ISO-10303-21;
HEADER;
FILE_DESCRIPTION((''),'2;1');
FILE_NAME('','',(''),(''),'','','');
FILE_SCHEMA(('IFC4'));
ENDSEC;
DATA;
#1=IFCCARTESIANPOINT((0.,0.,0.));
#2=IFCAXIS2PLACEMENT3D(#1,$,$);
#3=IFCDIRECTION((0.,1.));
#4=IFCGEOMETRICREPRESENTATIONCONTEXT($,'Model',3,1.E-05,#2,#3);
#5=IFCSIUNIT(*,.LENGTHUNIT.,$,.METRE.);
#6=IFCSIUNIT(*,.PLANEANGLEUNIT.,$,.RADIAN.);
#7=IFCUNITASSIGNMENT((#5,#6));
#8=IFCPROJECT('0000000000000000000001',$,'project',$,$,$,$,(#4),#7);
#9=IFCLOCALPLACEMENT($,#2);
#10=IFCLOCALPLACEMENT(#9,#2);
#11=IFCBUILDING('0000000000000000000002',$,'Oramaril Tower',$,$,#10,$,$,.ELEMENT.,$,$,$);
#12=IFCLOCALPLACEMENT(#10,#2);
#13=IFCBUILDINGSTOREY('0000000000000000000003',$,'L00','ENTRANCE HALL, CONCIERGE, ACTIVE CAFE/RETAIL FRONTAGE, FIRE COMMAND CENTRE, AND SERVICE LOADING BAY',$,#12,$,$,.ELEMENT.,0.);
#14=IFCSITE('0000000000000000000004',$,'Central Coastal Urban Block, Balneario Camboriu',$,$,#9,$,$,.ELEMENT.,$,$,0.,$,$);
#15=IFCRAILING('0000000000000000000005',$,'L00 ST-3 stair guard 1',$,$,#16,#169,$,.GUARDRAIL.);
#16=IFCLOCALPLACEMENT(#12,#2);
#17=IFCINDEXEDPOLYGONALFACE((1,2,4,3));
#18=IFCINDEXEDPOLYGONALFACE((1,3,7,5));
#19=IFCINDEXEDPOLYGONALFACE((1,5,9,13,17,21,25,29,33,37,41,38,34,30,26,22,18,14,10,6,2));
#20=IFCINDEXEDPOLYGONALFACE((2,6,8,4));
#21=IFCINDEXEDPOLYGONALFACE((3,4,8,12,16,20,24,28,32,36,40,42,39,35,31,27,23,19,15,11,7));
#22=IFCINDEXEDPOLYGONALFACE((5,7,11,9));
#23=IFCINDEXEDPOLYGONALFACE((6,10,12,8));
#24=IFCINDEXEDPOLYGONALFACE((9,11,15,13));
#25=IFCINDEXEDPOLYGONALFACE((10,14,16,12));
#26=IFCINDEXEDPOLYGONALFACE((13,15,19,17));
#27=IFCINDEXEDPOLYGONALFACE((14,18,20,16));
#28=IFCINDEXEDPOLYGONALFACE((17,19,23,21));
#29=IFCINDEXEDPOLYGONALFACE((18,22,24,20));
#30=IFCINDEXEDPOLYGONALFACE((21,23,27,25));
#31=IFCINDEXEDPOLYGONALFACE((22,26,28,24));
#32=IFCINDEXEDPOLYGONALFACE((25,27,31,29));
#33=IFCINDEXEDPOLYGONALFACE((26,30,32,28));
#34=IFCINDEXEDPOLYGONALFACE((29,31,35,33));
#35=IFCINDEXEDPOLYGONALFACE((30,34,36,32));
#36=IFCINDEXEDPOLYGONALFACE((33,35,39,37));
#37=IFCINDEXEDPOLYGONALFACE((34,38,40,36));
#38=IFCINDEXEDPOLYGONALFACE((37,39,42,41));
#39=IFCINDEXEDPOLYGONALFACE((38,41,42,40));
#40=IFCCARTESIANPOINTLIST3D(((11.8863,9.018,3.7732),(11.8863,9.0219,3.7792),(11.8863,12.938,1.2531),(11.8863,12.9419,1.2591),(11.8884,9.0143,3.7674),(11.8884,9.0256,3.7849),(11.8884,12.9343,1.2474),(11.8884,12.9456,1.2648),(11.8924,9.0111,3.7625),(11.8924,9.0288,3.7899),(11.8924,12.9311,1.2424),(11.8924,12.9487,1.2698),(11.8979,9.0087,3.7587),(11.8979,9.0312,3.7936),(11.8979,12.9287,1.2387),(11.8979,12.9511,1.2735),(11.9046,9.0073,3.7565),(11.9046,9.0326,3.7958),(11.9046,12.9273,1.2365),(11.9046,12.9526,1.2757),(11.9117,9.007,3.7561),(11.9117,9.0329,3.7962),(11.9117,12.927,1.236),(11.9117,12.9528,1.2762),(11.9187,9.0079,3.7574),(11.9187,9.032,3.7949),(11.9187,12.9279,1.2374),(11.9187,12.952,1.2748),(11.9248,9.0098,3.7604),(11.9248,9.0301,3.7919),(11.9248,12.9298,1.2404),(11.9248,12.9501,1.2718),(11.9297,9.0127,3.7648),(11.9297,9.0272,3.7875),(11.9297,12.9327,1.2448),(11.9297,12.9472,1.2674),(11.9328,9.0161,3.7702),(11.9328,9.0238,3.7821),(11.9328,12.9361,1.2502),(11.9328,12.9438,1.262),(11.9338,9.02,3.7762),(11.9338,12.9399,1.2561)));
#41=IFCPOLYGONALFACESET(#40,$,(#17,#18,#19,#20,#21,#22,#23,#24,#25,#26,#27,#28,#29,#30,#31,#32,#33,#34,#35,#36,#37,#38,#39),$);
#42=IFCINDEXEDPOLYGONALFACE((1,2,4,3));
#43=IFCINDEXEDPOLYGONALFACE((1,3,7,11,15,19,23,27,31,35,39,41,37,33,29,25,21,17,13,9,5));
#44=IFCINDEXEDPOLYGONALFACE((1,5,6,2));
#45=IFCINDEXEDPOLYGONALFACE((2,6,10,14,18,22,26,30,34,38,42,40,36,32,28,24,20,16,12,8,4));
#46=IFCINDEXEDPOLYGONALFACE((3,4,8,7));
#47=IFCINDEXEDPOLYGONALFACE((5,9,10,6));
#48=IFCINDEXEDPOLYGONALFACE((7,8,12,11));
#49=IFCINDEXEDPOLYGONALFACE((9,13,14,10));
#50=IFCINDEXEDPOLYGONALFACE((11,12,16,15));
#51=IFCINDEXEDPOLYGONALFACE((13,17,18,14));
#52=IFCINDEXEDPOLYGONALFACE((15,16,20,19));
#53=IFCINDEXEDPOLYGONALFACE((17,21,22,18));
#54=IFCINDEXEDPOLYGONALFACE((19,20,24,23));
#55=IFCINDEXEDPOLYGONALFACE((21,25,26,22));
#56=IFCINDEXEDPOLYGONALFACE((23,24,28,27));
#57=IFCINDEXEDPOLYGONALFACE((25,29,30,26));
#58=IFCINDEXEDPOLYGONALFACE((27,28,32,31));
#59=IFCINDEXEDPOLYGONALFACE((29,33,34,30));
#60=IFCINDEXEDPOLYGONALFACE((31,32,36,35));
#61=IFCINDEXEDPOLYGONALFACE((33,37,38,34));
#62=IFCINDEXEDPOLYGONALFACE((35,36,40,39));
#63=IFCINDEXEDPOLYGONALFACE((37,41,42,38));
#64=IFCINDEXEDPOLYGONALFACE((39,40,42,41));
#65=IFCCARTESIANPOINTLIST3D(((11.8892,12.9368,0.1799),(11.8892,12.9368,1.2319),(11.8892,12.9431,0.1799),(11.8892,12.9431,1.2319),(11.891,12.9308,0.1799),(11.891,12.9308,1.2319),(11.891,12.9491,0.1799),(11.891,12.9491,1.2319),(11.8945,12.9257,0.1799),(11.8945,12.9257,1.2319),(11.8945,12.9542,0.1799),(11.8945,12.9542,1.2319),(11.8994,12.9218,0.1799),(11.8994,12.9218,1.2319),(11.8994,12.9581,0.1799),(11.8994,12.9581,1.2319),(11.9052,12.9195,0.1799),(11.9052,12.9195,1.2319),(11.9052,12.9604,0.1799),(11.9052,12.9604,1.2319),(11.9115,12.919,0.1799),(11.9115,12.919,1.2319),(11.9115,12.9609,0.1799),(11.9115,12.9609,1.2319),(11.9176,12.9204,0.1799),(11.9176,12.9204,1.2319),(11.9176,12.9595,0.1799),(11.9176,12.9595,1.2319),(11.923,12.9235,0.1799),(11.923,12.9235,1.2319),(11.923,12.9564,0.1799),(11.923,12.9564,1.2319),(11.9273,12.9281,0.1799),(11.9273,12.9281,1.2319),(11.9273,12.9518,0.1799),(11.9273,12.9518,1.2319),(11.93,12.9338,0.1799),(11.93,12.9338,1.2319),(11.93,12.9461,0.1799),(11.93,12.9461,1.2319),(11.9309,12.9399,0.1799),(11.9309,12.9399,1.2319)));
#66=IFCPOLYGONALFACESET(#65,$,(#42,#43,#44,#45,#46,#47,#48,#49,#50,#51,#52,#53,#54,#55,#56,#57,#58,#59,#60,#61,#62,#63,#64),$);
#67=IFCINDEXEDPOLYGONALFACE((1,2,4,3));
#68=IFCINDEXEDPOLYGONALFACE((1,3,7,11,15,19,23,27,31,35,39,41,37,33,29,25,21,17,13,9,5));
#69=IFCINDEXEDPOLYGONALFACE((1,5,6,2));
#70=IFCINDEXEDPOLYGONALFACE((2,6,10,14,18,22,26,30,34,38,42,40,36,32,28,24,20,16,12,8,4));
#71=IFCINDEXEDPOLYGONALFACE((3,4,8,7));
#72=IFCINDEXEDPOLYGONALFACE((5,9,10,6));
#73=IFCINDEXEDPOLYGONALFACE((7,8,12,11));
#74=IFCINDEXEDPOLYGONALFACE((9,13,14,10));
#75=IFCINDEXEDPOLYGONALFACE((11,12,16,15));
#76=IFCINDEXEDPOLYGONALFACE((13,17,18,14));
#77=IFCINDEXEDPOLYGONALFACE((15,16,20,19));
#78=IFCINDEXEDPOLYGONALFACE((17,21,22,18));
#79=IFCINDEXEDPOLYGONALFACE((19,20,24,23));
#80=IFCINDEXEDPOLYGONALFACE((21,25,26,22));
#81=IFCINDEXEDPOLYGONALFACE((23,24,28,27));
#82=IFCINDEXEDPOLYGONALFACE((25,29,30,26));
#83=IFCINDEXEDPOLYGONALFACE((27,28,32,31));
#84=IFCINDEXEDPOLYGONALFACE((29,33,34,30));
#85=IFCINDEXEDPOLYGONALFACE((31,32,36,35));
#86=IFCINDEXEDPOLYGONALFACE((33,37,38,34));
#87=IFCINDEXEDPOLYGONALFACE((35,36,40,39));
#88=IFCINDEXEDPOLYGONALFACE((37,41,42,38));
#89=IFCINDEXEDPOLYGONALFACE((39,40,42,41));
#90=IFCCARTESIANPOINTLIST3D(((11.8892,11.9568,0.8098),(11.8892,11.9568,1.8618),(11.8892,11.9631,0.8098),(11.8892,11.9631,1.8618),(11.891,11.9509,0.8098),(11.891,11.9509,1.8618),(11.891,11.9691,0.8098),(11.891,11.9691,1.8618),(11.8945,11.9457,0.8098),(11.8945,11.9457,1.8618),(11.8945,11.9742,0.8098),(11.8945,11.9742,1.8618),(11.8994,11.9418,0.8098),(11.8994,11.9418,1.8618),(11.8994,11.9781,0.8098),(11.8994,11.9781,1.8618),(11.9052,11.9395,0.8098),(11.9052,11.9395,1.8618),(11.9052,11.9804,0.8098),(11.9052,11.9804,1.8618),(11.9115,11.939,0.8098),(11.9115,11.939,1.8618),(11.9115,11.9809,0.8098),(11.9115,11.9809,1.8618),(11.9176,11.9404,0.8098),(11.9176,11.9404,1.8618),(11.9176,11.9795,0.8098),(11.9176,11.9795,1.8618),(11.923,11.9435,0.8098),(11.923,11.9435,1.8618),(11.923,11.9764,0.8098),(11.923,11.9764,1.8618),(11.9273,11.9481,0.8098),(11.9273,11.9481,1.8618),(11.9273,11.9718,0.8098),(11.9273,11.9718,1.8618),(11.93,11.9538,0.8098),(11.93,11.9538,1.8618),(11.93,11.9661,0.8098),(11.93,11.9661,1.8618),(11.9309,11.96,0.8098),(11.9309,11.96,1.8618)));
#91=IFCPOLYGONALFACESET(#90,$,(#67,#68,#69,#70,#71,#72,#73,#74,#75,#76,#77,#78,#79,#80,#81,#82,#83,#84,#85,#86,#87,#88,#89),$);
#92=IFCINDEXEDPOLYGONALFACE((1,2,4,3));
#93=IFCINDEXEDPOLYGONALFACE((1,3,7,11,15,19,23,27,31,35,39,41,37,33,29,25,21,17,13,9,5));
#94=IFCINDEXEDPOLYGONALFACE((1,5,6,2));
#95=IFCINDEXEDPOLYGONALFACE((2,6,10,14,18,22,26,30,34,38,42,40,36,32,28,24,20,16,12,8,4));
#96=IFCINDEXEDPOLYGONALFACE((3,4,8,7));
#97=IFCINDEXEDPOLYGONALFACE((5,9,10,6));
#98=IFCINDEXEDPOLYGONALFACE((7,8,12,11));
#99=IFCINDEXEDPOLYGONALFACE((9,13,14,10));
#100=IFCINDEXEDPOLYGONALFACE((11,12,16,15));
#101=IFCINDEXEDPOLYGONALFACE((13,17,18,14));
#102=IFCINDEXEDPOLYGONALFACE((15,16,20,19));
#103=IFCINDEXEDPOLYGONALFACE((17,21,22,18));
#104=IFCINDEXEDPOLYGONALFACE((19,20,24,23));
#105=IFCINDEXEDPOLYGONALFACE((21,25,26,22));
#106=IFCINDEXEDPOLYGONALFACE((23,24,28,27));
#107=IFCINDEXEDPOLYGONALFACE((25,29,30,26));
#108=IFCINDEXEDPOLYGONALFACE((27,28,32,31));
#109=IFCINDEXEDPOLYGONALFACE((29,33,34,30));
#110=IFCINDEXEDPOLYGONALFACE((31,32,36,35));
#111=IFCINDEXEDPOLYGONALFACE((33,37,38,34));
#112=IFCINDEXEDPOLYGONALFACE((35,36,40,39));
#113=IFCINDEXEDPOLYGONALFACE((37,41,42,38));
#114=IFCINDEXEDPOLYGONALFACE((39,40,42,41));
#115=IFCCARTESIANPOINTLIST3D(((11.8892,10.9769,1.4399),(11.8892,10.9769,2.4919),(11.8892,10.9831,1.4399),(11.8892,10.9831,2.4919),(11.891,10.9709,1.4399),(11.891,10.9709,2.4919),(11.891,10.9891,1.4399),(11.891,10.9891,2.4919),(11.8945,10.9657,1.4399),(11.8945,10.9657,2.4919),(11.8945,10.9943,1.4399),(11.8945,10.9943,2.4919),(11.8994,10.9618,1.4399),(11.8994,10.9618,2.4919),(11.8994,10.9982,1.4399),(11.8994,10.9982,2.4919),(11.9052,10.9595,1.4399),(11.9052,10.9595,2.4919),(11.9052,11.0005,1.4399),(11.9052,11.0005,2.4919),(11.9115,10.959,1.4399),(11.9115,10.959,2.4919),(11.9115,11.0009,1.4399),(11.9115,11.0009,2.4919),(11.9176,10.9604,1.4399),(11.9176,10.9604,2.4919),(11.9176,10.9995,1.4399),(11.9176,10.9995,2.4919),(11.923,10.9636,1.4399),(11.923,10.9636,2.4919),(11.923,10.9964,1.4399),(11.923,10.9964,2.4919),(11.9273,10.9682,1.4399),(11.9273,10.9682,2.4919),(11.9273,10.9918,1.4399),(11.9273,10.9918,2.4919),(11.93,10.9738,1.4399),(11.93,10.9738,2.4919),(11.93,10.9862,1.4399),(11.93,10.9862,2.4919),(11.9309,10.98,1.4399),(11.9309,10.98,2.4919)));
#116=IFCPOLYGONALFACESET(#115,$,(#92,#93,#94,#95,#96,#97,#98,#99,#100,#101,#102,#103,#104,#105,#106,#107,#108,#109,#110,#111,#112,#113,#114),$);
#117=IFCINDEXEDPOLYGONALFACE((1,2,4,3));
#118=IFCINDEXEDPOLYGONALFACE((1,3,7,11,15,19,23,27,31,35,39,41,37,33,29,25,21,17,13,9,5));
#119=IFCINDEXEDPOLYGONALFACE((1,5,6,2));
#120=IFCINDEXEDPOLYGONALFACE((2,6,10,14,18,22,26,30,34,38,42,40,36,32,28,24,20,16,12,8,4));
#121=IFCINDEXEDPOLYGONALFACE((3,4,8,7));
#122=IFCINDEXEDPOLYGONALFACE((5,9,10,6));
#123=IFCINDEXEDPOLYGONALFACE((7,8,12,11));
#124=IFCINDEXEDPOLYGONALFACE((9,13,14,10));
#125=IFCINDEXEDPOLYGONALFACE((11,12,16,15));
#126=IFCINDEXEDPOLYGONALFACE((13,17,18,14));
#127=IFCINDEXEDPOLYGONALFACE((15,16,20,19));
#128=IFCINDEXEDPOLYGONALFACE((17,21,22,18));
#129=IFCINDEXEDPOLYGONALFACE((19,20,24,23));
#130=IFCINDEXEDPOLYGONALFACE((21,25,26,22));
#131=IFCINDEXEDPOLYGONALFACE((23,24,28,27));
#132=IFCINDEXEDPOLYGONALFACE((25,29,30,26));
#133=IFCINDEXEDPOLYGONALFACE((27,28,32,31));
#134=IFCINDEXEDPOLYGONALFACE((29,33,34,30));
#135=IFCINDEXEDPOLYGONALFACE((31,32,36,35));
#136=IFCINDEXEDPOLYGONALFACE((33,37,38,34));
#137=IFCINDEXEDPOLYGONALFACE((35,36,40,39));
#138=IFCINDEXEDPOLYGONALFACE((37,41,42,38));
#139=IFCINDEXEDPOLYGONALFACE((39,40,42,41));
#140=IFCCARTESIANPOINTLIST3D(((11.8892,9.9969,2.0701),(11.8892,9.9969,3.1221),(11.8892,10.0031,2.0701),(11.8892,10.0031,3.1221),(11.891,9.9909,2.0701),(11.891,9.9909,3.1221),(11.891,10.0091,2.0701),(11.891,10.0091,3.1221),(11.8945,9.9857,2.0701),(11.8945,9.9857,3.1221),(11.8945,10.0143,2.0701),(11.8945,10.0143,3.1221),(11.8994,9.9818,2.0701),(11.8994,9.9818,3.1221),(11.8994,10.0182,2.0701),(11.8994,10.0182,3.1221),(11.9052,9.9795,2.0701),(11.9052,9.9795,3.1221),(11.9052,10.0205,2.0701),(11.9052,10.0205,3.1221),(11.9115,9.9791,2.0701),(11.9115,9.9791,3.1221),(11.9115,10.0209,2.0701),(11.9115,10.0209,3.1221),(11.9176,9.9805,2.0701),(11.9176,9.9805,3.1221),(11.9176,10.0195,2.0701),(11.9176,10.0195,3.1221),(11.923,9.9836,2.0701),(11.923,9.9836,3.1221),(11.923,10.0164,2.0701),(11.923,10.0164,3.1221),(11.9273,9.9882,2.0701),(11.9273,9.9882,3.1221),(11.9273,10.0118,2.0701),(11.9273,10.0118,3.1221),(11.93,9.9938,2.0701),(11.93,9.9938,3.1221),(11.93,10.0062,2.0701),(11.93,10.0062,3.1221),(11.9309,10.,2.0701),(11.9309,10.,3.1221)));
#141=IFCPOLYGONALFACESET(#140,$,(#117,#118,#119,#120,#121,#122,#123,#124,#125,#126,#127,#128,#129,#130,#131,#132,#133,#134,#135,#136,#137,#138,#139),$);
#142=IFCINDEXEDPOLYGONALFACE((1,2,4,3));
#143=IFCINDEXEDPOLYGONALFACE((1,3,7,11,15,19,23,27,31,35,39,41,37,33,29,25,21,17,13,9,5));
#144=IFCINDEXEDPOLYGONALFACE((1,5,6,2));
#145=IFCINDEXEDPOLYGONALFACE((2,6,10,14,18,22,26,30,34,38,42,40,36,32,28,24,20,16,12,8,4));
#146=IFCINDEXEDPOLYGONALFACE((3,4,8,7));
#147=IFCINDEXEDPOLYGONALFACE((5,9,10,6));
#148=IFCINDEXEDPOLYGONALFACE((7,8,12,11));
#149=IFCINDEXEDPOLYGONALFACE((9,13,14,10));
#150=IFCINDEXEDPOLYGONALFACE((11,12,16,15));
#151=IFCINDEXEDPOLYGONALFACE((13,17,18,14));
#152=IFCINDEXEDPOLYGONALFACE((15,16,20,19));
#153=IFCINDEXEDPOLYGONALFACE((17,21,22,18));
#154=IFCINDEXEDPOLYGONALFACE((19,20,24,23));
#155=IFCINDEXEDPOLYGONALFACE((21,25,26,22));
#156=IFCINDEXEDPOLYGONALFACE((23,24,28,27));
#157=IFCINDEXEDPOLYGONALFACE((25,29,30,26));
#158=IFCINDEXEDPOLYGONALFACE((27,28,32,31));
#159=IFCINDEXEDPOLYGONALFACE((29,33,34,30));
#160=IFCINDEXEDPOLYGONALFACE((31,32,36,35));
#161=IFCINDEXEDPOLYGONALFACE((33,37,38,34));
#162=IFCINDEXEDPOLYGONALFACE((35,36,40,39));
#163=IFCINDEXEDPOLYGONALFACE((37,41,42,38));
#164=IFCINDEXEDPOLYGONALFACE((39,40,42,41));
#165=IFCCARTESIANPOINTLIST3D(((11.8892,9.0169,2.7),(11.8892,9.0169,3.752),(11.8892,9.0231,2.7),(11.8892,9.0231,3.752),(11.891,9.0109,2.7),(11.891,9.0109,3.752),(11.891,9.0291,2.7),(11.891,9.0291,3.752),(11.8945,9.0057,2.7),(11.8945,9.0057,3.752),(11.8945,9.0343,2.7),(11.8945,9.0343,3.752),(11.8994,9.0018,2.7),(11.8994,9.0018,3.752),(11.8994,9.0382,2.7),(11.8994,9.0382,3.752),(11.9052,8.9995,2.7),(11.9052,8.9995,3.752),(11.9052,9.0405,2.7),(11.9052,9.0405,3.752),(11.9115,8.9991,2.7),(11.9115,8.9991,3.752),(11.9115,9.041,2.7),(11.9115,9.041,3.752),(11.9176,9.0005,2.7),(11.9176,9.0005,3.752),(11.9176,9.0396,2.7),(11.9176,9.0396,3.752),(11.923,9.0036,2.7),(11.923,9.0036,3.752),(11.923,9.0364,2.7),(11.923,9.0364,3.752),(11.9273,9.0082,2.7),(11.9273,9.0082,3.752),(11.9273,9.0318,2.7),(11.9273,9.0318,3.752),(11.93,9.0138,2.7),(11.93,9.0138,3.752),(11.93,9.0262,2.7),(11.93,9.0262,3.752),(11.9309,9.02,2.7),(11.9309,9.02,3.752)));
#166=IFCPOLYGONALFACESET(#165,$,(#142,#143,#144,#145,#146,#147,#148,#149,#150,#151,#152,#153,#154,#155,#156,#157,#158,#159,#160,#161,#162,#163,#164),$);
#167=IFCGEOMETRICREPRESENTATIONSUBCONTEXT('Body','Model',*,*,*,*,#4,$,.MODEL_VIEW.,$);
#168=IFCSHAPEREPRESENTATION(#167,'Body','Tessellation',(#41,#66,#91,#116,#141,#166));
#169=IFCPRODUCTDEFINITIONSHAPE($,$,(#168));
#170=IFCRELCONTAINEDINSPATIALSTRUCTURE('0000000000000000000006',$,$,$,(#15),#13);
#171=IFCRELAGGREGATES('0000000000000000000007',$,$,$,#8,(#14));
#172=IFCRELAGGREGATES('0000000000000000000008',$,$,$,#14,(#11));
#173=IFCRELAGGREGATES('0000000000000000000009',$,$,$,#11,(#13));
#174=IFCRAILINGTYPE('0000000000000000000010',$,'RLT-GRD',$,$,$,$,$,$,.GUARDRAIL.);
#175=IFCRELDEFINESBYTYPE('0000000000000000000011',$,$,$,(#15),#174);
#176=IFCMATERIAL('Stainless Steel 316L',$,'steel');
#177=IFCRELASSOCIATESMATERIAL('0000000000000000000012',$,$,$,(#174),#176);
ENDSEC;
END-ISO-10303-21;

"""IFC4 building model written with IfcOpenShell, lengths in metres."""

from ifc_helpers import new_model, si_unit, direction, frame, origin, origin_2d, place, context, subcontext, project, spatial, circle, extrude, material, type_object, element, save


model = new_model("IFC4")

# Units and contexts
model_context = context("Model", 3, precision=1e-05, world=origin(), true_north=direction((0.0, 1.0)))
body_context = subcontext(model_context, "Body", "Model", "MODEL_VIEW")
ifc_project = project(units=[si_unit("LENGTHUNIT", "METRE"), si_unit("PLANEANGLEUNIT", "RADIAN")], contexts=[model_context])

# Site, building, storey
site_placement = place(None, origin())
site = spatial("IfcSite", under=ifc_project, at=site_placement, Name="Central Coastal Urban Block, Balneario Camboriu", CompositionType="ELEMENT", RefElevation=0.0)
building_placement = place(site_placement, origin())
building = spatial("IfcBuilding", under=site, at=building_placement, Name="Oramaril Tower", CompositionType="ELEMENT")
storey_placement = place(building_placement, origin())
storey = spatial("IfcBuildingStorey", under=building, at=storey_placement, Name="L00", Description="ENTRANCE HALL, CONCIERGE, ACTIVE CAFE/RETAIL FRONTAGE, FIRE COMMAND CENTRE, AND SERVICE LOADING BAY", CompositionType="ELEMENT", Elevation=0.0)

# Railing
ifc_material_1 = material(Name="Stainless Steel 316L", Category="steel")
railing_type_1 = type_object("IfcRailingType", Name="RLT-GRD", PredefinedType="GUARDRAIL", material=ifc_material_1)
railing_1_placement = place(storey_placement, frame((11.9099, 12.9399, 0.1799)))
element("IfcRailing", 1, at=railing_1_placement, inside=storey, type_object=railing_type_1, Name="L00 ST-3 stair guard 1", PredefinedType="GUARDRAIL", context=body_context, shape_type="SweptSolid", body=[
    extrude(circle(Radius=0.0239, at=origin_2d()), frame((0.0, 0.0, 1.0762), z_axis=(0.0, -0.841172, 0.540768), x_axis=(1.0, 0.0, 0.0)), (0.0, 0.0, 1.0), 4.6602),
    extrude(circle(Radius=0.021, at=origin_2d()), origin(), (0.0, 0.0, 1.0), 1.052),
    extrude(circle(Radius=0.021, at=origin_2d()), frame((0.0, -0.98, 0.6299)), (0.0, 0.0, 1.0), 1.052),
    extrude(circle(Radius=0.021, at=origin_2d()), frame((0.0, -1.96, 1.26)), (0.0, 0.0, 1.0), 1.052),
    extrude(circle(Radius=0.021, at=origin_2d()), frame((0.0, -2.9399, 1.8901)), (0.0, 0.0, 1.0), 1.052),
    extrude(circle(Radius=0.021, at=origin_2d()), frame((0.0, -3.9199, 2.52)), (0.0, 0.0, 1.0), 1.052),
])

save(model, "model.ifc")
